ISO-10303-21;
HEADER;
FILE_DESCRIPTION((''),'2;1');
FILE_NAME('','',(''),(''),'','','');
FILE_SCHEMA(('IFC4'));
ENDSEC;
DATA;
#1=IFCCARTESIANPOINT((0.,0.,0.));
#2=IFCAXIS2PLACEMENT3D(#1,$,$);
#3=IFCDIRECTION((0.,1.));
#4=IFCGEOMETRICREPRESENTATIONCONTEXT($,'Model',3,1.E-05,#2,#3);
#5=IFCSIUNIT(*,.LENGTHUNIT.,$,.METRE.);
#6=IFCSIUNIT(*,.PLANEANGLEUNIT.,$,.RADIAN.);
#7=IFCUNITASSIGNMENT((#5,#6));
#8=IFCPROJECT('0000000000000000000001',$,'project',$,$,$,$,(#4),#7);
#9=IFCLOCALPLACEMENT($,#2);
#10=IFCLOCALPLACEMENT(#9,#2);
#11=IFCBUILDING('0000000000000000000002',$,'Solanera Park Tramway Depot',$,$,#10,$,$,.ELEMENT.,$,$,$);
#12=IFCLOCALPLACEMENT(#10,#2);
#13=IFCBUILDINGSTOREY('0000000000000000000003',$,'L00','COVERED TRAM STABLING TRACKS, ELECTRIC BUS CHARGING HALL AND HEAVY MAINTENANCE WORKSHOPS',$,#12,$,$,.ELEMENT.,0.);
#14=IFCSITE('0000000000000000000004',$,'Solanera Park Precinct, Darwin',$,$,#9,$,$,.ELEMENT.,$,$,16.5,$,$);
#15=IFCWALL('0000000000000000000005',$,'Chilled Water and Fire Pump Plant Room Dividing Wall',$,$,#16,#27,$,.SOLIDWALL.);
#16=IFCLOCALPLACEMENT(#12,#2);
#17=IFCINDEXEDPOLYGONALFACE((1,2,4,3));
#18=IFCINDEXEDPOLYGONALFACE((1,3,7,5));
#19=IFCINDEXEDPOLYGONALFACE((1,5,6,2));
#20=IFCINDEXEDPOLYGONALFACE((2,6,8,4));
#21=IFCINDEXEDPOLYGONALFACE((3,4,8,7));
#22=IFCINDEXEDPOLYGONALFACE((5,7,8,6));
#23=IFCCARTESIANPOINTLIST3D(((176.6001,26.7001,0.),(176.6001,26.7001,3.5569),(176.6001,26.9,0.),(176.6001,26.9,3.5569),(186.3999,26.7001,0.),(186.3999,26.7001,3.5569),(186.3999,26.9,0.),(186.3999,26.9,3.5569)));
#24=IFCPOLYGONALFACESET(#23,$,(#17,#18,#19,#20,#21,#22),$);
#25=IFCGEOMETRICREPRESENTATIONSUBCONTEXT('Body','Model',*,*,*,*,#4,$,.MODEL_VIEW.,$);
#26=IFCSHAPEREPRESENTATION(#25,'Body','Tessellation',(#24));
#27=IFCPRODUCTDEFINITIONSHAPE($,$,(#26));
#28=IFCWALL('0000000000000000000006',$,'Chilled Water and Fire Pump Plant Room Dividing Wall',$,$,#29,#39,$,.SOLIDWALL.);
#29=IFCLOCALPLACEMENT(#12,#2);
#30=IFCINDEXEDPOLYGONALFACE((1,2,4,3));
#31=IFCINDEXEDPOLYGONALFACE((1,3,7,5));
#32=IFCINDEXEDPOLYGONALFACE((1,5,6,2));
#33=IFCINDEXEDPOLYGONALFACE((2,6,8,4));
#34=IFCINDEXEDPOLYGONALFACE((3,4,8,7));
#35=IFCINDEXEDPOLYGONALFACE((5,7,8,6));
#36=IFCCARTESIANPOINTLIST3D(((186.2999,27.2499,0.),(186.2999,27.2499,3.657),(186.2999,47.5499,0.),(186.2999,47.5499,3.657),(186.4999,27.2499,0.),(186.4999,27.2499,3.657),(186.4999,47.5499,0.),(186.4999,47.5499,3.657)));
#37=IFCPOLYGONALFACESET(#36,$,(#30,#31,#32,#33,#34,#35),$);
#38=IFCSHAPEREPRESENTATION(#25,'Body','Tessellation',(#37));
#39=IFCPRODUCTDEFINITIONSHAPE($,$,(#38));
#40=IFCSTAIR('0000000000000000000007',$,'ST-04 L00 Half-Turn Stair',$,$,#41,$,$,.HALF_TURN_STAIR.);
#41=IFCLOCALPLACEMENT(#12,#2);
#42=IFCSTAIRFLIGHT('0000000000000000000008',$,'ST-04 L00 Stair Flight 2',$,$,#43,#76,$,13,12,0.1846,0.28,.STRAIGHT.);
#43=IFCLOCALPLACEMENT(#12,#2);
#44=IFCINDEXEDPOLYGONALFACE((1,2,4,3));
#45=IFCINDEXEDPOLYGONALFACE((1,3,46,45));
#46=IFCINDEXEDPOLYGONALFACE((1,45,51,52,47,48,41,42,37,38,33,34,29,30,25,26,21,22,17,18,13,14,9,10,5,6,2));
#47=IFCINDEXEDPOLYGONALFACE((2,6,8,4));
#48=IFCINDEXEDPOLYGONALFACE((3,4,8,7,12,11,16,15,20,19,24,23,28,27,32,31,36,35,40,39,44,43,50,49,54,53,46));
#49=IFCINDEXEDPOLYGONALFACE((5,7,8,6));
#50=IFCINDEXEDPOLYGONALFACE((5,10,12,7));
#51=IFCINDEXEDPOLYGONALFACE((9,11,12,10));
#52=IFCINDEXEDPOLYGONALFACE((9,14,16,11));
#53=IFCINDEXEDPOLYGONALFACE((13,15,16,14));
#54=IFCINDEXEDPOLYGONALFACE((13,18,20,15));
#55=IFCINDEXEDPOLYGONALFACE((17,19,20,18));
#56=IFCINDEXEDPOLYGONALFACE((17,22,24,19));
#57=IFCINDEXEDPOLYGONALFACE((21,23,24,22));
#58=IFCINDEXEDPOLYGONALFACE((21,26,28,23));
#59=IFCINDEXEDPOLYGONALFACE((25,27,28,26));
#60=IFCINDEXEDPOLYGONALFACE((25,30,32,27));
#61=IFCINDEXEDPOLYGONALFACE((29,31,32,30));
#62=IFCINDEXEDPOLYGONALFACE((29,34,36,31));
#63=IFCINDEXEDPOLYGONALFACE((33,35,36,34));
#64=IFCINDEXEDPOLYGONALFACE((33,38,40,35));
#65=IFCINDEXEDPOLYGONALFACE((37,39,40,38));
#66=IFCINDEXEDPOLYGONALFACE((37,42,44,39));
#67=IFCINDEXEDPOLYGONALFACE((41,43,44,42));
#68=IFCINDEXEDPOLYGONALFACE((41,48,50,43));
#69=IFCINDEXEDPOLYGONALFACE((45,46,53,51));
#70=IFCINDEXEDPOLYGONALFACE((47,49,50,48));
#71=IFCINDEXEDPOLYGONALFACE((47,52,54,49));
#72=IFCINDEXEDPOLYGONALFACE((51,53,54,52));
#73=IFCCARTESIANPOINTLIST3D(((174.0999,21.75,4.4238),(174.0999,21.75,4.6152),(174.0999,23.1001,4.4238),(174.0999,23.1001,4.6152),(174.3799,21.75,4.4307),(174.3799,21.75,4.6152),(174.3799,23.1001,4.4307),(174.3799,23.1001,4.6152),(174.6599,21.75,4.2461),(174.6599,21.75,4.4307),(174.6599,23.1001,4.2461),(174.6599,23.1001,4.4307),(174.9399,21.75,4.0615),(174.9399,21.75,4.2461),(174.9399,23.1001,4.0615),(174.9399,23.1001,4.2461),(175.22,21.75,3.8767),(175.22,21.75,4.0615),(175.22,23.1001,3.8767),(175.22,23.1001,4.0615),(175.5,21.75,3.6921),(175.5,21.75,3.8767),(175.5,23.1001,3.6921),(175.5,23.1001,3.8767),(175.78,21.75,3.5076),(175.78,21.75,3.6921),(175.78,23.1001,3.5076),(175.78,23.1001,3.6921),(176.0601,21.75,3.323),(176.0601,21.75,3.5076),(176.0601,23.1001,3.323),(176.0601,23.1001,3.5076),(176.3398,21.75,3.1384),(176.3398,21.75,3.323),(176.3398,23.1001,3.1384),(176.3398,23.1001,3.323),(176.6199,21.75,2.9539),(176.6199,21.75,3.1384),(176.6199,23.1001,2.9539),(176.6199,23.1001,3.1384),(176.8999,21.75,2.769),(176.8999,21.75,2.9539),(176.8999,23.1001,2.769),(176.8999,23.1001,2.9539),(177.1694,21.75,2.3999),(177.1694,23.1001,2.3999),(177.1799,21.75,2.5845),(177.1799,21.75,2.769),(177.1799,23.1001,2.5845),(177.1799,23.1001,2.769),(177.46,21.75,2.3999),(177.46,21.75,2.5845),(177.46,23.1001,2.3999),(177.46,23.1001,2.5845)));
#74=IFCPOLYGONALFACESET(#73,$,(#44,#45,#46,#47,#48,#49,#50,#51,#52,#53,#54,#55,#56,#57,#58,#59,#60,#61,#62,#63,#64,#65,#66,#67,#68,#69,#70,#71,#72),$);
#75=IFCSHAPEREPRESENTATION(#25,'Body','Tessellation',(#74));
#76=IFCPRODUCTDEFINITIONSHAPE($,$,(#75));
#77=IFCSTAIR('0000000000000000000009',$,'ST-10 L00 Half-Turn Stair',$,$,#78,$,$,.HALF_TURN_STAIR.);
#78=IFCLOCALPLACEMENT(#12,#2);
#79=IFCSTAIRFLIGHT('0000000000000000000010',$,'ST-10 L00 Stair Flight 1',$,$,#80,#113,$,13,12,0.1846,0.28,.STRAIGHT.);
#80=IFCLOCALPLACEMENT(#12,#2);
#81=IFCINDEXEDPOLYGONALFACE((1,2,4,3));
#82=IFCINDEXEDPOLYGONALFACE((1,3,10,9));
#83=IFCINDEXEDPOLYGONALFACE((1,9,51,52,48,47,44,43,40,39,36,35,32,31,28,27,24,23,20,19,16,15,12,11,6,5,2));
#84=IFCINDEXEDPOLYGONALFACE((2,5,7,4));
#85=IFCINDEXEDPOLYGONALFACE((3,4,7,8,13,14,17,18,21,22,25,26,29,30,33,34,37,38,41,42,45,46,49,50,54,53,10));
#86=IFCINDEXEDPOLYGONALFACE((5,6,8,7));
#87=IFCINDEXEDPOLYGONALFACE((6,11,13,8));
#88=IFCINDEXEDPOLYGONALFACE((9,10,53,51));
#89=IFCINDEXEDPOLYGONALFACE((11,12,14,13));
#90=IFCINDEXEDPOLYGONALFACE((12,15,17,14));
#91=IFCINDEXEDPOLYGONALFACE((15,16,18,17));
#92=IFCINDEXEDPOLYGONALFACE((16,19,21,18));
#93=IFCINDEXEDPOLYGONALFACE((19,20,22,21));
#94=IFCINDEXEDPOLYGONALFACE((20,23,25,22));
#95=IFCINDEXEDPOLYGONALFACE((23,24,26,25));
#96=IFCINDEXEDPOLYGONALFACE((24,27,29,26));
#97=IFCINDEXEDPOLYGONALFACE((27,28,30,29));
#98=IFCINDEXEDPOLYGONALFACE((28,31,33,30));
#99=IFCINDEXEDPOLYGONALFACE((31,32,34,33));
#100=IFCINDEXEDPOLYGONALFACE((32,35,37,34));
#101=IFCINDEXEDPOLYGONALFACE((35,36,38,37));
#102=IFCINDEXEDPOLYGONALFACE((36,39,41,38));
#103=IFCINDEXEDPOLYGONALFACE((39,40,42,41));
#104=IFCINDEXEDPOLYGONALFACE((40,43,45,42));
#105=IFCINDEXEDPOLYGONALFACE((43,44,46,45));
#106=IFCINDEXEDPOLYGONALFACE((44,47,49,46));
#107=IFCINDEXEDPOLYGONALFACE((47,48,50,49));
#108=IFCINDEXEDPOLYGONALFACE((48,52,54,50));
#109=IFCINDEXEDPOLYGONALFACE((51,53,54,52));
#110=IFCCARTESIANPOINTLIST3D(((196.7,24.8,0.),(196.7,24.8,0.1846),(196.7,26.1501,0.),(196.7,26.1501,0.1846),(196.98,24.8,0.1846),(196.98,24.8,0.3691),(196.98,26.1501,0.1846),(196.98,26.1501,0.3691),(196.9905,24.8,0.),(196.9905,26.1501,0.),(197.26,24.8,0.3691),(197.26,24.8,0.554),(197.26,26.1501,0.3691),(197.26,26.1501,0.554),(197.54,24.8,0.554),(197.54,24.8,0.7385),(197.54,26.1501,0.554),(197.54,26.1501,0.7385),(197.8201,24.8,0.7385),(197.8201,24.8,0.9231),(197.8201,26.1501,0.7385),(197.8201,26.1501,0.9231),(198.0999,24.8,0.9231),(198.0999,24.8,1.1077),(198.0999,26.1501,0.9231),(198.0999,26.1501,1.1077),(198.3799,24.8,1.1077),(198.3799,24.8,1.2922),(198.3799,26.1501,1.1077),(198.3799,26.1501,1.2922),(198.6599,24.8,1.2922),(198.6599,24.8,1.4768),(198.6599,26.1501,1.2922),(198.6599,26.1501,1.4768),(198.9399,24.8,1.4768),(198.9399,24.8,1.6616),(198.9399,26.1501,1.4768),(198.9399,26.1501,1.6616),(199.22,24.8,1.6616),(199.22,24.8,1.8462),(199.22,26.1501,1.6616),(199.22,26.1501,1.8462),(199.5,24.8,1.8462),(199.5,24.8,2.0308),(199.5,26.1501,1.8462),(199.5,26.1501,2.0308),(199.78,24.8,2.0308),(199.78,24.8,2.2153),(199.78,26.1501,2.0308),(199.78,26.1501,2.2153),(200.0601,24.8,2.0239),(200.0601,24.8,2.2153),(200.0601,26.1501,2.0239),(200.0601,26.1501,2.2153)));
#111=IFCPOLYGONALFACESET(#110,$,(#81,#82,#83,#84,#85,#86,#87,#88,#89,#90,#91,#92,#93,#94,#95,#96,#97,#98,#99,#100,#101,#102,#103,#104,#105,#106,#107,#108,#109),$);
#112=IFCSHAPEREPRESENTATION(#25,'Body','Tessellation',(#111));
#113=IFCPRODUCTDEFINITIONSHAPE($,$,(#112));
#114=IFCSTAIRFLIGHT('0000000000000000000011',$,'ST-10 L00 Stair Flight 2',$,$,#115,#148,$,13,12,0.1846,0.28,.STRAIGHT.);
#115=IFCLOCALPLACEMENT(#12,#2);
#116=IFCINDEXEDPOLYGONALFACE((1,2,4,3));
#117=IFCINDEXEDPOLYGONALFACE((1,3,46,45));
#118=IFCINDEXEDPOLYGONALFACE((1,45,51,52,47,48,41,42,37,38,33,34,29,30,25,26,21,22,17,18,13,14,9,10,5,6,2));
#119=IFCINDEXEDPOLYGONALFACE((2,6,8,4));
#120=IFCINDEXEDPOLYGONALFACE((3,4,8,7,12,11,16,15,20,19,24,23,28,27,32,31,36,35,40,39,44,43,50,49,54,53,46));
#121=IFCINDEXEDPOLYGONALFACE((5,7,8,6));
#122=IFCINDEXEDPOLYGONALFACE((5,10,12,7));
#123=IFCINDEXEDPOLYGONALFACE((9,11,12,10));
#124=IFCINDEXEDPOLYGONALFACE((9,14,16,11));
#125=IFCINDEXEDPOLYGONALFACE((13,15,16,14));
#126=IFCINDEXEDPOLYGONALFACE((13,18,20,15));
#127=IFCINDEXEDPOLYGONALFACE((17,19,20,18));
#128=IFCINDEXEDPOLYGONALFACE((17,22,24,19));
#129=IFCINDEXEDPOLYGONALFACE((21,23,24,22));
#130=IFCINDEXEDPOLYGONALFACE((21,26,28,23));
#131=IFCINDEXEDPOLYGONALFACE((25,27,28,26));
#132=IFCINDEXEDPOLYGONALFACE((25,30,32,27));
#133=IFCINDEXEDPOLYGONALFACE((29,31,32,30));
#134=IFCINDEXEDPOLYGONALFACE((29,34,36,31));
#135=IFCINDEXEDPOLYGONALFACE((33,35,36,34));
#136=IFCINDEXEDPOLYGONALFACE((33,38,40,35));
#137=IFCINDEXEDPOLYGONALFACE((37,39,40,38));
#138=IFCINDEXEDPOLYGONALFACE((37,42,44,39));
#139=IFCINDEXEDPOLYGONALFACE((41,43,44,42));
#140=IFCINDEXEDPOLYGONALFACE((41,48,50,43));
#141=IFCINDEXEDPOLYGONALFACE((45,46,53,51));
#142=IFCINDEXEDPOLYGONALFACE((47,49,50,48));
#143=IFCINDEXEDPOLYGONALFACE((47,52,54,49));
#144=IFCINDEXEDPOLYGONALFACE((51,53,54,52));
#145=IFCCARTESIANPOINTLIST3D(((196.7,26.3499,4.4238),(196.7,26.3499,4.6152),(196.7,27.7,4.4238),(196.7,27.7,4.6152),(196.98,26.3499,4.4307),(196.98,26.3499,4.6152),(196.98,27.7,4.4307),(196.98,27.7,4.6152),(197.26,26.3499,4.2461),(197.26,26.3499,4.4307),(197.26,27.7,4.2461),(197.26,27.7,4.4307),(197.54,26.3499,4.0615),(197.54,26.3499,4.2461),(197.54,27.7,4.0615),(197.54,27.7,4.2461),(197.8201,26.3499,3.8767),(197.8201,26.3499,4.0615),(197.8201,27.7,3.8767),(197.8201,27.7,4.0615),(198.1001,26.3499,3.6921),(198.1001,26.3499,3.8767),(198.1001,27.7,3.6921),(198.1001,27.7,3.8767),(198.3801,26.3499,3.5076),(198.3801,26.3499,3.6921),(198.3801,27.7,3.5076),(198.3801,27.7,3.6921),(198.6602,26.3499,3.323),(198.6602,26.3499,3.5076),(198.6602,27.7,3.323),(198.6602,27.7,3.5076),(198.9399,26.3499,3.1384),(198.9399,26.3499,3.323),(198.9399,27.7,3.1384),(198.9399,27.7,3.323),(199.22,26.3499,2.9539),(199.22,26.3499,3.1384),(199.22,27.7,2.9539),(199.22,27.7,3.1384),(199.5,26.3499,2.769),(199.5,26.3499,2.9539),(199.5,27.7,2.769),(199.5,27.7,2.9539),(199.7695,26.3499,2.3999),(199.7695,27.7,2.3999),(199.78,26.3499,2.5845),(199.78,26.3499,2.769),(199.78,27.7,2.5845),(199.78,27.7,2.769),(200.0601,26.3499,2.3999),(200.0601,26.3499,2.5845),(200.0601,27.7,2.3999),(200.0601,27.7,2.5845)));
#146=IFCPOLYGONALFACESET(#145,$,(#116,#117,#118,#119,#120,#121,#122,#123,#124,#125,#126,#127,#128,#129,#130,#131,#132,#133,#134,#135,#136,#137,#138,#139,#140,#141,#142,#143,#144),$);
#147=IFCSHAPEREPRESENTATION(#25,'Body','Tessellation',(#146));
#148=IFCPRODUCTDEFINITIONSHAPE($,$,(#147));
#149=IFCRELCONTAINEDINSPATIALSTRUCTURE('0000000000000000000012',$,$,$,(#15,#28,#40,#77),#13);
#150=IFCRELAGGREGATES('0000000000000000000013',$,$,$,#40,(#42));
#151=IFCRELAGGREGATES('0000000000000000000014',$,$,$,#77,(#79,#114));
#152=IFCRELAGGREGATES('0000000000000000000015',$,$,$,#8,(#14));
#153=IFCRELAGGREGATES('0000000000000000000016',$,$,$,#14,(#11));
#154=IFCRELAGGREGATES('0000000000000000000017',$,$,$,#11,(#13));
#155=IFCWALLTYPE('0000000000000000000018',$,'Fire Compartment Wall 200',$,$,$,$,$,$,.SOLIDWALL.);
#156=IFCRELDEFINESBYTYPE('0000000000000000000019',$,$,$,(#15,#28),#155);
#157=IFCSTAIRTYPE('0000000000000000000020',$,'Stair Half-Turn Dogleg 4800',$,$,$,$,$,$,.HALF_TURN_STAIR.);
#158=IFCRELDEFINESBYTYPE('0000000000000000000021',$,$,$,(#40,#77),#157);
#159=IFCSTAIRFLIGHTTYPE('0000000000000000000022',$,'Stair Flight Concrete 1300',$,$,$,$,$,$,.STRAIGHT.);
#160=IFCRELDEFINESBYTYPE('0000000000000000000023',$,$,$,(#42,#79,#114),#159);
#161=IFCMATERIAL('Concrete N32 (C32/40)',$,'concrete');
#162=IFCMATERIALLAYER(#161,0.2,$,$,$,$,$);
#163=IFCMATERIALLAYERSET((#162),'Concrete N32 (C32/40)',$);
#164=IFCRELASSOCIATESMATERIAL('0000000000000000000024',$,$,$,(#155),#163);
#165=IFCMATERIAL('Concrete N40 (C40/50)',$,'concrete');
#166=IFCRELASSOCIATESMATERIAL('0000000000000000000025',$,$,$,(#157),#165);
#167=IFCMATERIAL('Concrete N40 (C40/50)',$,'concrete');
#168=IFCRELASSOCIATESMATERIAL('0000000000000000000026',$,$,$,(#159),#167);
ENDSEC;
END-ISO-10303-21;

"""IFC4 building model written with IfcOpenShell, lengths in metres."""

from ifc_helpers import new_model, si_unit, direction, frame, frame_2d, origin, place, context, subcontext, project, spatial, polyline, rectangle, outline, extrude, material, layer, layer_set, type_object, element, aggregate, save


model = new_model("IFC4")

# Units and contexts
model_context = context("Model", 3, precision=1e-05, world=origin(), true_north=direction((0.0, 1.0)))
body_context = subcontext(model_context, "Body", "Model", "MODEL_VIEW")
ifc_project = project(units=[si_unit("LENGTHUNIT", "METRE"), si_unit("PLANEANGLEUNIT", "RADIAN")], contexts=[model_context])

# Site, building, storey
site_placement = place(None, origin())
site = spatial("IfcSite", under=ifc_project, at=site_placement, Name="Solanera Park Precinct, Darwin", CompositionType="ELEMENT", RefElevation=16.5)
building_placement = place(site_placement, origin())
building = spatial("IfcBuilding", under=site, at=building_placement, Name="Solanera Park Tramway Depot", CompositionType="ELEMENT")
storey_placement = place(building_placement, origin())
storey = spatial("IfcBuildingStorey", under=building, at=storey_placement, Name="L00", Description="COVERED TRAM STABLING TRACKS, ELECTRIC BUS CHARGING HALL AND HEAVY MAINTENANCE WORKSHOPS", CompositionType="ELEMENT", Elevation=0.0)

# Walls
ifc_material_1 = material(Name="Concrete N32 (C32/40)", Category="concrete")
ifc_layer_1 = layer(ifc_material_1, 0.2)
ifc_layer_set_1 = layer_set([ifc_layer_1], Name="Concrete N32 (C32/40)")
wall_type_1 = type_object("IfcWallType", Name="Fire Compartment Wall 200", PredefinedType="SOLIDWALL", material=ifc_layer_set_1)
wall_1_placement = place(storey_placement, frame((186.3999, 26.8, 0.0), z_axis=(0.0, 0.0, 1.0), x_axis=(-1.0, 0.0, 0.0)))
element("IfcWall", 1, at=wall_1_placement, inside=storey, type_object=wall_type_1, Name="Chilled Water and Fire Pump Plant Room Dividing Wall", PredefinedType="SOLIDWALL", context=body_context, shape_type="SweptSolid", body=[
    extrude(rectangle(XDim=9.7998, YDim=0.2, at=frame_2d((4.8999, 0.0))), origin(), (0.0, 0.0, 1.0), 3.5569),
])
wall_2_placement = place(storey_placement, frame((186.3999, 27.25, 0.0), z_axis=(0.0, 0.0, 1.0), x_axis=(0.0, 1.0, 0.0)))
element("IfcWall", 2, at=wall_2_placement, inside=storey, type_object=wall_type_1, Name="Chilled Water and Fire Pump Plant Room Dividing Wall", PredefinedType="SOLIDWALL", context=body_context, shape_type="SweptSolid", body=[
    extrude(rectangle(XDim=20.3, YDim=0.2, at=frame_2d((10.1499, 0.0))), origin(), (0.0, 0.0, 1.0), 3.657),
])

# Stair, stair flight
ifc_material_2 = material(Name="Concrete N40 (C40/50)", Category="concrete")
stair_type = type_object("IfcStairType", Name="Stair Half-Turn Dogleg 4800", PredefinedType="HALF_TURN_STAIR", material=ifc_material_2)
stair_1_placement = place(storey_placement, origin())
stair_1 = element("IfcStair", 3, at=stair_1_placement, inside=storey, type_object=stair_type, Name="ST-04 L00 Half-Turn Stair", PredefinedType="HALF_TURN_STAIR")
ifc_material_3 = material(Name="Concrete N40 (C40/50)", Category="concrete")
stair_flight_type = type_object("IfcStairFlightType", Name="Stair Flight Concrete 1300", PredefinedType="STRAIGHT", material=ifc_material_3)
stair_flight_1_placement = place(storey_placement, frame((177.46, 22.425, 2.3999), z_axis=(0.0, 0.0, 1.0), x_axis=(-1.0, 0.0, 0.0)))
stair_flight_1 = element("IfcStairFlight", 4, at=stair_flight_1_placement, type_object=stair_flight_type, Name="ST-04 L00 Stair Flight 2", NumberOfRisers=13, NumberOfTreads=12, PredefinedType="STRAIGHT", RiserHeight=0.1846, TreadLength=0.28, context=body_context, shape_type="SweptSolid", body=[
    extrude(outline(polyline([(0.0, 0.0), (0.0, 0.1846), (0.28, 0.1846), (0.28, 0.3691), (0.5601, 0.3691), (0.5601, 0.554), (0.8401, 0.554), (0.8401, 0.7385), (1.1201, 0.7385), (1.1201, 0.9231), (1.3999, 0.9231), (1.3999, 1.1077), (1.6799, 1.1077), (1.6799, 1.2922), (1.96, 1.2922), (1.96, 1.4768), (2.24, 1.4768), (2.24, 1.6616), (2.52, 1.6616), (2.52, 1.8462), (2.8, 1.8462), (2.8, 2.0308), (3.0801, 2.0308), (3.0801, 2.2153), (3.3601, 2.2153), (3.3601, 2.3999), (3.3601, 2.0239), (0.2905, 0.0), (0.0, 0.0)])), frame((0.0, 0.675, 0.0), z_axis=(0.0, -1.0, 0.0), x_axis=(1.0, 0.0, 0.0)), (0.0, 0.0, 1.0), 1.3501),
])
aggregate(stair_1, [stair_flight_1])

# Stair, stair flights
stair_2_placement = place(storey_placement, origin())
stair_2 = element("IfcStair", 5, at=stair_2_placement, inside=storey, type_object=stair_type, Name="ST-10 L00 Half-Turn Stair", PredefinedType="HALF_TURN_STAIR")
stair_flight_2_placement = place(storey_placement, frame((196.7, 25.4751, 0.0), z_axis=(0.0, 0.0, 1.0), x_axis=(1.0, 0.0, 0.0)))
stair_flight_2 = element("IfcStairFlight", 6, at=stair_flight_2_placement, type_object=stair_flight_type, Name="ST-10 L00 Stair Flight 1", NumberOfRisers=13, NumberOfTreads=12, PredefinedType="STRAIGHT", RiserHeight=0.1846, TreadLength=0.28, context=body_context, shape_type="SweptSolid", body=[
    extrude(outline(polyline([(0.0, 0.0), (0.0, 0.1846), (0.28, 0.1846), (0.28, 0.3691), (0.5601, 0.3691), (0.5601, 0.554), (0.8401, 0.554), (0.8401, 0.7385), (1.1201, 0.7385), (1.1201, 0.9231), (1.3999, 0.9231), (1.3999, 1.1077), (1.6799, 1.1077), (1.6799, 1.2922), (1.96, 1.2922), (1.96, 1.4768), (2.24, 1.4768), (2.24, 1.6616), (2.52, 1.6616), (2.52, 1.8462), (2.8, 1.8462), (2.8, 2.0308), (3.0801, 2.0308), (3.0801, 2.2153), (3.3601, 2.2153), (3.3601, 2.3999), (3.3601, 2.0239), (0.2905, 0.0), (0.0, 0.0)])), frame((0.0, 0.675, 0.0), z_axis=(0.0, -1.0, 0.0), x_axis=(1.0, 0.0, 0.0)), (0.0, 0.0, 1.0), 1.3501),
])
stair_flight_3_placement = place(storey_placement, frame((200.0601, 27.0249, 2.3999), z_axis=(0.0, 0.0, 1.0), x_axis=(-1.0, 0.0, 0.0)))
stair_flight_3 = element("IfcStairFlight", 7, at=stair_flight_3_placement, type_object=stair_flight_type, Name="ST-10 L00 Stair Flight 2", NumberOfRisers=13, NumberOfTreads=12, PredefinedType="STRAIGHT", RiserHeight=0.1846, TreadLength=0.28, context=body_context, shape_type="SweptSolid", body=[
    extrude(outline(polyline([(0.0, 0.0), (0.0, 0.1846), (0.28, 0.1846), (0.28, 0.3691), (0.5601, 0.3691), (0.5601, 0.554), (0.8401, 0.554), (0.8401, 0.7385), (1.1201, 0.7385), (1.1201, 0.9231), (1.3999, 0.9231), (1.3999, 1.1077), (1.6799, 1.1077), (1.6799, 1.2922), (1.96, 1.2922), (1.96, 1.4768), (2.24, 1.4768), (2.24, 1.6616), (2.52, 1.6616), (2.52, 1.8462), (2.8, 1.8462), (2.8, 2.0308), (3.0801, 2.0308), (3.0801, 2.2153), (3.3601, 2.2153), (3.3601, 2.3999), (3.3601, 2.0239), (0.2905, 0.0), (0.0, 0.0)])), frame((0.0, 0.675, 0.0), z_axis=(0.0, -1.0, 0.0), x_axis=(1.0, 0.0, 0.0)), (0.0, 0.0, 1.0), 1.3501),
])
aggregate(stair_2, [stair_flight_2, stair_flight_3])

save(model, "model.ifc")
